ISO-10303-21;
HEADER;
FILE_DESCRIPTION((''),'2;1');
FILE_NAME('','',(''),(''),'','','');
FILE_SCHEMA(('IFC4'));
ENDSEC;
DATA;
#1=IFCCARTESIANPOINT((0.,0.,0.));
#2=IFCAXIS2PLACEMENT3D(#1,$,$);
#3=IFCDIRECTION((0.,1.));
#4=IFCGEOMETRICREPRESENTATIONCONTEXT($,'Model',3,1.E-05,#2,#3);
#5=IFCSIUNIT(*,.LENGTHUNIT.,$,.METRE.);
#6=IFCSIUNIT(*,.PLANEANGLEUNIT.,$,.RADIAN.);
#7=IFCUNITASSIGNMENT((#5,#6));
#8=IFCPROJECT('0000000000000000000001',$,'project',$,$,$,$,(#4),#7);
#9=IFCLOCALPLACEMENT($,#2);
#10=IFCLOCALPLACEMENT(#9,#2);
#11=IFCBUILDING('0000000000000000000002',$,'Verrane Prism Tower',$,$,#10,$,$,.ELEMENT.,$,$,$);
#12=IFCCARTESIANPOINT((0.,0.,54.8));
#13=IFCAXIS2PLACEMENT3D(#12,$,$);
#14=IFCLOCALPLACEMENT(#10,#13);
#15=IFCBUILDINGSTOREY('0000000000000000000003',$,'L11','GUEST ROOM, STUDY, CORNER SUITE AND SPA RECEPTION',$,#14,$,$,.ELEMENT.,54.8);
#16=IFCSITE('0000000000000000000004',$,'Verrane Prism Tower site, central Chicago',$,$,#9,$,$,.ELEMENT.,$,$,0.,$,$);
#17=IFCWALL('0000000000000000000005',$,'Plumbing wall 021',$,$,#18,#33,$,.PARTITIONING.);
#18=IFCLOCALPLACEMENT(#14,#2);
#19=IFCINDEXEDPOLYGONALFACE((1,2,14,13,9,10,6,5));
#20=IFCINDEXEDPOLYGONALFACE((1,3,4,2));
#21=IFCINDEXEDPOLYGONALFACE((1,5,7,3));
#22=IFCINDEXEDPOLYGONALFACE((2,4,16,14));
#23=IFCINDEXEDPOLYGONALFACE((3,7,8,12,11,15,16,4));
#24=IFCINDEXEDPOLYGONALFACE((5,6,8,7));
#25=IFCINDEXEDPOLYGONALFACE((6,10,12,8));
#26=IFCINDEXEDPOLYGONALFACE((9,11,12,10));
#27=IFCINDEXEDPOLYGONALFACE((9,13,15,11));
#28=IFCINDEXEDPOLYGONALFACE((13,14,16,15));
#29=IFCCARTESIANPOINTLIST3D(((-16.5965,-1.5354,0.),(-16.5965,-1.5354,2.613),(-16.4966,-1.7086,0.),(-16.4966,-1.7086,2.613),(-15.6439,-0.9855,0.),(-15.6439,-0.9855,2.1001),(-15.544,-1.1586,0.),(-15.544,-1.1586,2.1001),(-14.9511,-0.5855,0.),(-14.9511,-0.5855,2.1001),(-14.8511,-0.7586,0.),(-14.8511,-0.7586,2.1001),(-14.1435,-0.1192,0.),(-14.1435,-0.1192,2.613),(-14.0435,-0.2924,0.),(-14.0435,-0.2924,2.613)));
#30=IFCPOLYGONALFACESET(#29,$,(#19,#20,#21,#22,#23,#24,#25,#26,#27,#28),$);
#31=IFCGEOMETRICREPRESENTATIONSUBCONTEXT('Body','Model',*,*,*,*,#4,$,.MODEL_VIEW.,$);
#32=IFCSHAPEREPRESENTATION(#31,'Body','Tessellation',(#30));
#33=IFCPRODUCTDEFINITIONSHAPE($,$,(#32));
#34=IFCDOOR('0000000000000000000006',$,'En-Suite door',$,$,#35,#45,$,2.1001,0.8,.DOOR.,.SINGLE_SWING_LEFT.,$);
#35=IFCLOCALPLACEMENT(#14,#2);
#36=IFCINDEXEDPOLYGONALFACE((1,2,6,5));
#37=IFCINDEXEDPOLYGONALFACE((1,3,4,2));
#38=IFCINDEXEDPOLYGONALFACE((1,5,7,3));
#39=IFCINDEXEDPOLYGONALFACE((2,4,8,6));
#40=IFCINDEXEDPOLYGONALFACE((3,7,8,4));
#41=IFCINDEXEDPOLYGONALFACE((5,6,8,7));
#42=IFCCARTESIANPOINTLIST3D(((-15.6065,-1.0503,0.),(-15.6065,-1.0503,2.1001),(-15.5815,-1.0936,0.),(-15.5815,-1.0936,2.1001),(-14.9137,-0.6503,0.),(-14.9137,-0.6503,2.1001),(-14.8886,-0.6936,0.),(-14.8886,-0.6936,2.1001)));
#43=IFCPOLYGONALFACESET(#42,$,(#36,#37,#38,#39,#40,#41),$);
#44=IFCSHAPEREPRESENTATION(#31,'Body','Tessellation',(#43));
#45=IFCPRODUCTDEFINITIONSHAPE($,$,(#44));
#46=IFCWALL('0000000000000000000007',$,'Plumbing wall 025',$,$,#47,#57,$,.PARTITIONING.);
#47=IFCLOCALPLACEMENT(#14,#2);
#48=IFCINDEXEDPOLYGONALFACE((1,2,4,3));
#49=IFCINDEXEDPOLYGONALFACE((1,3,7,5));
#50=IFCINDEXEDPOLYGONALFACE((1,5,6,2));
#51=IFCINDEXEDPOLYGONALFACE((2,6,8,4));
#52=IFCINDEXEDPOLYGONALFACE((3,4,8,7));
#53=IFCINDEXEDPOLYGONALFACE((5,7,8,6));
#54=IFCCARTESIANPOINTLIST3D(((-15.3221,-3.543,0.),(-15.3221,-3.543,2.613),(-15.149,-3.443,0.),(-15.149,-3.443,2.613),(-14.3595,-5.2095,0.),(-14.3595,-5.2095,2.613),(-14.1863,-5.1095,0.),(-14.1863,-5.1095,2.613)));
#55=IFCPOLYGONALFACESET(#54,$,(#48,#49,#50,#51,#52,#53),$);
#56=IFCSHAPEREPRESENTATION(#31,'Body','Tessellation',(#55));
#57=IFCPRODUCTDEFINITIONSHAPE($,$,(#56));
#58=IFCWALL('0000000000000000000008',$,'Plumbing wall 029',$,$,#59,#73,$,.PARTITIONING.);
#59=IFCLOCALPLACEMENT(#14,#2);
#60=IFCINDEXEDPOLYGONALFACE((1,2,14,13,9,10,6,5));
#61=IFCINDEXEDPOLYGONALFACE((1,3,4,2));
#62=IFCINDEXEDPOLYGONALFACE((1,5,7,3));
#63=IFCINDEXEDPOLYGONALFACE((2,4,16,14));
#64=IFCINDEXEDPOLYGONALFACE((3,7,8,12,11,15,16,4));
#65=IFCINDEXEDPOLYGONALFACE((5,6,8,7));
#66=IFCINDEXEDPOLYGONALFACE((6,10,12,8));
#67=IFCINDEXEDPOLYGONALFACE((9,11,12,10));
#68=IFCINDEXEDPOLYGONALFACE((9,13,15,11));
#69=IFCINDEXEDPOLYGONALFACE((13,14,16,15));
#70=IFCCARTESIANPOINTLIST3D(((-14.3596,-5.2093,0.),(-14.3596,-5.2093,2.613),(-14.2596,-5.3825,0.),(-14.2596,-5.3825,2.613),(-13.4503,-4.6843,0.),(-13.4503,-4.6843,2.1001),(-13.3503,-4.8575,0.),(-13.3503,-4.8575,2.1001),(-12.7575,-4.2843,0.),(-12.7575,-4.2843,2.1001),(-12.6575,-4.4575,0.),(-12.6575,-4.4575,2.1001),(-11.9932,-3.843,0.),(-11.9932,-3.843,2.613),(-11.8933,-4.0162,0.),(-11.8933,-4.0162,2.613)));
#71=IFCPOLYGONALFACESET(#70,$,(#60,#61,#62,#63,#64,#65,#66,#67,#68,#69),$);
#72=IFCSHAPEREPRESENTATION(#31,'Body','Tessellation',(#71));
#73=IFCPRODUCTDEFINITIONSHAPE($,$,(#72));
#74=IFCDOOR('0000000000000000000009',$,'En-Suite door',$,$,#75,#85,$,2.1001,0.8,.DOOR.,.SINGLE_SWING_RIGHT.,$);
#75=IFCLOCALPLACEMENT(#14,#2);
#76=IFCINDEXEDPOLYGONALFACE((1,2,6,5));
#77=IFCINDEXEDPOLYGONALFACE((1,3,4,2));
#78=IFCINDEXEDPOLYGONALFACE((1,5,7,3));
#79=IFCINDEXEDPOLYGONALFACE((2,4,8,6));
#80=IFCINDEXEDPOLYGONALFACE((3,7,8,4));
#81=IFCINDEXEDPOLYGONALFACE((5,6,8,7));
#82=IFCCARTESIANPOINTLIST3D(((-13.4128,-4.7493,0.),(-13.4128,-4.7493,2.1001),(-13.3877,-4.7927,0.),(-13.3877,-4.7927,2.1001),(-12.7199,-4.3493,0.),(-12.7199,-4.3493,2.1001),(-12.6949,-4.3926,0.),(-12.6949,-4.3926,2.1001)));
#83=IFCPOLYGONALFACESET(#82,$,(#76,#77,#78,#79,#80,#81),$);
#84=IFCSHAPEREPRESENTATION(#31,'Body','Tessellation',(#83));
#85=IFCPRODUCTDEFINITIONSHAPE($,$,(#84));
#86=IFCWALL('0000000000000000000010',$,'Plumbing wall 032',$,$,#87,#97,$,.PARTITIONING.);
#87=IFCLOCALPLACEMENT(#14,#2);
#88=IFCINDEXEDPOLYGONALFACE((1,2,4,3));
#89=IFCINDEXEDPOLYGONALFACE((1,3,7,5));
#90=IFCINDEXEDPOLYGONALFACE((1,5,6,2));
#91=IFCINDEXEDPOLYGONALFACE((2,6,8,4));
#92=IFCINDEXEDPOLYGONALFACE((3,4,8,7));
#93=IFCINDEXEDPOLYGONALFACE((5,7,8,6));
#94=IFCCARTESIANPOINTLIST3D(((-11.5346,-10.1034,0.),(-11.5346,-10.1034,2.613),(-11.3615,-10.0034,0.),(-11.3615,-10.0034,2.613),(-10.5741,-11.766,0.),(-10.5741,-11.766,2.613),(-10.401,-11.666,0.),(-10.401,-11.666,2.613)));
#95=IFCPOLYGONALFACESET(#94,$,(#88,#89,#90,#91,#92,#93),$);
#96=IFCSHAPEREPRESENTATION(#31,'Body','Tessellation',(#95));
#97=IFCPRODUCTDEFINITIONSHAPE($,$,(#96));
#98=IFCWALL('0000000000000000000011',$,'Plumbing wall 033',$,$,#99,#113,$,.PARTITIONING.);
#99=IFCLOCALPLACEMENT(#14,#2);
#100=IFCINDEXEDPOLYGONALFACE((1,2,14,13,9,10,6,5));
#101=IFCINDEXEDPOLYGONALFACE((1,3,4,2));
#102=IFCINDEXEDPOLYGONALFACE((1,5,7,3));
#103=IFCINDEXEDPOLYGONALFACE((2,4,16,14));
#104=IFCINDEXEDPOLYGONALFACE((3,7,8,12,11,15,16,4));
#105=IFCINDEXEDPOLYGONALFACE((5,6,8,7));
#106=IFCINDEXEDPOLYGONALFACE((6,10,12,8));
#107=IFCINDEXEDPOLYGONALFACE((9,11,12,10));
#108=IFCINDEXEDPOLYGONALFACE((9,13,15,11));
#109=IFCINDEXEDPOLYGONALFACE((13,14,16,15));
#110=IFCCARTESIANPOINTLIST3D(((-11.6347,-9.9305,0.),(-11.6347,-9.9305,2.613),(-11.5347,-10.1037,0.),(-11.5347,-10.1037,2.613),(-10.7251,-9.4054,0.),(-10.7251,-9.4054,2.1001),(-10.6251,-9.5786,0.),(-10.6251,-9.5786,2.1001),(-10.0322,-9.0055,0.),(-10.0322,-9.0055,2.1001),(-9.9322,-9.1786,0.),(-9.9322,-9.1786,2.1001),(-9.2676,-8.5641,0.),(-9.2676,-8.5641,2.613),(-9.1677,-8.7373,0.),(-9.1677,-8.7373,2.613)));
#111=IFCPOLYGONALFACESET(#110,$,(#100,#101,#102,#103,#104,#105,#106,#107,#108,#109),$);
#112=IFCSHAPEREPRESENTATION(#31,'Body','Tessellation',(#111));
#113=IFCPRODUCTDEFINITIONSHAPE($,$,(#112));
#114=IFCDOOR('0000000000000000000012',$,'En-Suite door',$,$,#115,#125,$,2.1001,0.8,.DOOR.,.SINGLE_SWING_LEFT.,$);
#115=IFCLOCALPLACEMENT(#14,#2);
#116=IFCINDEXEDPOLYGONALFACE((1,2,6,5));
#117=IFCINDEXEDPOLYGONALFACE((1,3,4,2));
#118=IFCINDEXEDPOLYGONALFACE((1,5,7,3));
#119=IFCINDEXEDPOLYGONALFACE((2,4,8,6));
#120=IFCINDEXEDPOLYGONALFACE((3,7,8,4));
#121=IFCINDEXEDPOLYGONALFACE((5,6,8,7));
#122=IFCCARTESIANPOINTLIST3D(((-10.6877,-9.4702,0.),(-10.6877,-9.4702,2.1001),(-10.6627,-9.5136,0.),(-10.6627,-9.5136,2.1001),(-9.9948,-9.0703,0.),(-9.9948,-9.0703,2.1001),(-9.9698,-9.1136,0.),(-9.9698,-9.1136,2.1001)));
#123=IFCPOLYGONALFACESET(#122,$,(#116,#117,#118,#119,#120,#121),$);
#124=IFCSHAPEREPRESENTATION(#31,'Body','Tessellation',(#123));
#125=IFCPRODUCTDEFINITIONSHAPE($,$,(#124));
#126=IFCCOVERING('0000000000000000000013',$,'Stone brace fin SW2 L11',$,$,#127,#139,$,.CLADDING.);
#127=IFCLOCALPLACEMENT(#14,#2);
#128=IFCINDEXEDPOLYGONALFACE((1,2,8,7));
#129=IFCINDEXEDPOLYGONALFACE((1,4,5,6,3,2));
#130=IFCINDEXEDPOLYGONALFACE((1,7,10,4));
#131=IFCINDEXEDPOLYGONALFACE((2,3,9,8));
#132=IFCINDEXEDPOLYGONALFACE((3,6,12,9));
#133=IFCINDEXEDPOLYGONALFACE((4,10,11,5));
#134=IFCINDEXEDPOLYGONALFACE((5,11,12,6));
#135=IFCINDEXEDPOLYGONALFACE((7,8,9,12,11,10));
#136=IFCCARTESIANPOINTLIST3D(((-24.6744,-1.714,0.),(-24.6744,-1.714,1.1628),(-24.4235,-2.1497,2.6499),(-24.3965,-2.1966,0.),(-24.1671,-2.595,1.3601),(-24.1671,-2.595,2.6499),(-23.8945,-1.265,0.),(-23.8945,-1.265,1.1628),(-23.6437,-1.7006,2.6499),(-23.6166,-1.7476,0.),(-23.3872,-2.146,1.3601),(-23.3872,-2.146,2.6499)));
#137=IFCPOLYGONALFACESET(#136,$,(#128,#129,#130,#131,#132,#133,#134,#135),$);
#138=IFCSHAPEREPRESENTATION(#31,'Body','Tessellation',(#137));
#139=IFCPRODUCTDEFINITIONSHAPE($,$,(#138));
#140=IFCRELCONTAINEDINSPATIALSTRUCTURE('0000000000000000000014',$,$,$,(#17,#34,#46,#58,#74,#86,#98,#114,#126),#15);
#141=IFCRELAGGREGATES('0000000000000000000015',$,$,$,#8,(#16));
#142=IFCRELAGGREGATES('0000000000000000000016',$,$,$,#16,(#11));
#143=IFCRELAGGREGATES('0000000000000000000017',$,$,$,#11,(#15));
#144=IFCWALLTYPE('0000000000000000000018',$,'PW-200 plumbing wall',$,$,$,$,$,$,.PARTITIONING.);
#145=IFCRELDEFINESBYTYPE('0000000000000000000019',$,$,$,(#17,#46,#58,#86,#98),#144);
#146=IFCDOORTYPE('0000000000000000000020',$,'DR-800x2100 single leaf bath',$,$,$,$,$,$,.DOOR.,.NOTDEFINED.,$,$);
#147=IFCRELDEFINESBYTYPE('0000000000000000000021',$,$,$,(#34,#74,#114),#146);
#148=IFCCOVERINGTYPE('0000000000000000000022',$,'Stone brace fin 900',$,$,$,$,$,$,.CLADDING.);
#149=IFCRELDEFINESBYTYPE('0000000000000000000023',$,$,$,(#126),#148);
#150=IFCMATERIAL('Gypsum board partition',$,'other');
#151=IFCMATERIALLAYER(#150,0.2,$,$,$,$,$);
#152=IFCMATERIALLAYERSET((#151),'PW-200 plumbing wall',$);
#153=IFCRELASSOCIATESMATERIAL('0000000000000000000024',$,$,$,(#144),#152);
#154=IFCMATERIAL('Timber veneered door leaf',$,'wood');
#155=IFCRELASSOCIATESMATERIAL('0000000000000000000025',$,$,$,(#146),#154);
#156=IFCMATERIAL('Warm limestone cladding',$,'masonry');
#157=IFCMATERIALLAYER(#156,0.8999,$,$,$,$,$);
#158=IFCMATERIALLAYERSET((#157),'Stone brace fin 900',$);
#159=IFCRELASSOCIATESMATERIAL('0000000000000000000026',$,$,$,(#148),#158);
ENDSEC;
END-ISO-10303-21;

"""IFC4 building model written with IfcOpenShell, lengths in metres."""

from ifc_helpers import new_model, si_unit, direction, frame, frame_2d, origin, place, context, subcontext, project, spatial, polyline, rectangle, outline, extrude, material, layer, layer_set, type_object, element, fill, save


model = new_model("IFC4")

# Units and contexts
model_context = context("Model", 3, precision=1e-05, world=origin(), true_north=direction((0.0, 1.0)))
body_context = subcontext(model_context, "Body", "Model", "MODEL_VIEW")
ifc_project = project(units=[si_unit("LENGTHUNIT", "METRE"), si_unit("PLANEANGLEUNIT", "RADIAN")], contexts=[model_context])

# Site, building, storey
site_placement = place(None, origin())
site = spatial("IfcSite", under=ifc_project, at=site_placement, Name="Verrane Prism Tower site, central Chicago", CompositionType="ELEMENT", RefElevation=0.0)
building_placement = place(site_placement, origin())
building = spatial("IfcBuilding", under=site, at=building_placement, Name="Verrane Prism Tower", CompositionType="ELEMENT")
storey_placement = place(building_placement, frame((0.0, 0.0, 54.8)))
storey = spatial("IfcBuildingStorey", under=building, at=storey_placement, Name="L11", Description="GUEST ROOM, STUDY, CORNER SUITE AND SPA RECEPTION", CompositionType="ELEMENT", Elevation=54.8)

# Shared definitions
ifc_material_1 = material(Name="Gypsum board partition", Category="other")
ifc_layer_1 = layer(ifc_material_1, 0.2)
ifc_layer_set_1 = layer_set([ifc_layer_1], Name="PW-200 plumbing wall")
wall_type_1 = type_object("IfcWallType", Name="PW-200 plumbing wall", PredefinedType="PARTITIONING", material=ifc_layer_set_1)

# Wall, opening, door
wall_1_placement = place(storey_placement, frame((-14.0935, -0.2058, 0.0), z_axis=(0.0, 0.0, 1.0), x_axis=(-0.866033, -0.499986, 0.0)))
wall_1 = element("IfcWall", 1, at=wall_1_placement, inside=storey, type_object=wall_type_1, Name="Plumbing wall 021", PredefinedType="PARTITIONING", context=body_context, shape_type="SweptSolid", body=[
    extrude(rectangle(XDim=2.8325, YDim=0.2, at=frame_2d((1.4163, 0.0))), origin(), (0.0, 0.0, 1.0), 2.613),
])
opening_1_placement = place(wall_1_placement, frame((0.9326, 0.0, 0.0)))
opening_1 = element("IfcOpeningElement", 2, at=opening_1_placement, cuts=wall_1, PredefinedType="OPENING", context=body_context, shape_type="SweptSolid", body=[
    extrude(rectangle(XDim=0.8, YDim=2.1001, at=frame_2d((0.3999, 1.05))), frame((0.0, 0.1099, 0.0), z_axis=(0.0, -1.0, 0.0), x_axis=(1.0, 0.0, 0.0)), (0.0, 0.0, 1.0), 0.22),
])
ifc_material_2 = material(Name="Timber veneered door leaf", Category="wood")
door_type = type_object("IfcDoorType", Name="DR-800x2100 single leaf bath", OperationType="NOTDEFINED", PredefinedType="DOOR", material=ifc_material_2)
door_1_placement = place(opening_1_placement, origin())
door_1 = element("IfcDoor", 3, at=door_1_placement, inside=storey, type_object=door_type, Name="En-Suite door", OperationType="SINGLE_SWING_LEFT", OverallHeight=2.1001, OverallWidth=0.8, PredefinedType="DOOR", context=body_context, shape_type="SweptSolid", body=[
    extrude(rectangle(XDim=0.8, YDim=2.1001, at=frame_2d((0.3999, 1.05))), frame((0.0, 0.0249, 0.0), z_axis=(0.0, -1.0, 0.0), x_axis=(1.0, 0.0, 0.0)), (0.0, 0.0, 1.0), 0.05),
])
fill(opening_1, door_1)

# Wall
wall_2_placement = place(storey_placement, frame((-15.2356, -3.4929, 0.0), z_axis=(0.0, 0.0, 1.0), x_axis=(0.500191, -0.865915, 0.0)))
element("IfcWall", 4, at=wall_2_placement, inside=storey, type_object=wall_type_1, Name="Plumbing wall 025", PredefinedType="PARTITIONING", context=body_context, shape_type="SweptSolid", body=[
    extrude(rectangle(XDim=1.9246, YDim=0.2, at=frame_2d((0.9624, 0.0))), origin(), (0.0, 0.0, 1.0), 2.613),
])

# Wall, opening, door
wall_3_placement = place(storey_placement, frame((-14.3096, -5.2959, 0.0), z_axis=(0.0, 0.0, 1.0), x_axis=(0.866013, 0.500022, 0.0)))
wall_3 = element("IfcWall", 5, at=wall_3_placement, inside=storey, type_object=wall_type_1, Name="Plumbing wall 029", PredefinedType="PARTITIONING", context=body_context, shape_type="SweptSolid", body=[
    extrude(rectangle(XDim=2.7324, YDim=0.2, at=frame_2d((1.3662, 0.0))), origin(), (0.0, 0.0, 1.0), 2.613),
])
opening_2_placement = place(wall_3_placement, frame((1.05, 0.0, 0.0)))
opening_2 = element("IfcOpeningElement", 6, at=opening_2_placement, cuts=wall_3, PredefinedType="OPENING", context=body_context, shape_type="SweptSolid", body=[
    extrude(rectangle(XDim=0.8, YDim=2.1001, at=frame_2d((0.3999, 1.05))), frame((0.0, 0.1099, 0.0), z_axis=(0.0, -1.0, 0.0), x_axis=(1.0, 0.0, 0.0)), (0.0, 0.0, 1.0), 0.22),
])
door_2_placement = place(opening_2_placement, origin())
door_2 = element("IfcDoor", 7, at=door_2_placement, inside=storey, type_object=door_type, Name="En-Suite door", OperationType="SINGLE_SWING_RIGHT", OverallHeight=2.1001, OverallWidth=0.8, PredefinedType="DOOR", context=body_context, shape_type="SweptSolid", body=[
    extrude(rectangle(XDim=0.8, YDim=2.1001, at=frame_2d((0.3999, 1.05))), frame((0.0, 0.0249, 0.0), z_axis=(0.0, -1.0, 0.0), x_axis=(1.0, 0.0, 0.0)), (0.0, 0.0, 1.0), 0.05),
])
fill(opening_2, door_2)

# Wall
wall_4_placement = place(storey_placement, frame((-11.448, -10.0535, 0.0), z_axis=(0.0, 0.0, 1.0), x_axis=(0.500214, -0.865902, 0.0)))
element("IfcWall", 8, at=wall_4_placement, inside=storey, type_object=wall_type_1, Name="Plumbing wall 032", PredefinedType="PARTITIONING", context=body_context, shape_type="SweptSolid", body=[
    extrude(rectangle(XDim=1.9202, YDim=0.2, at=frame_2d((0.96, 0.0))), origin(), (0.0, 0.0, 1.0), 2.613),
])

# Wall, opening, door
wall_5_placement = place(storey_placement, frame((-9.2175, -8.6506, 0.0), z_axis=(0.0, 0.0, 1.0), x_axis=(-0.866064, -0.499934, 0.0)))
wall_5 = element("IfcWall", 9, at=wall_5_placement, inside=storey, type_object=wall_type_1, Name="Plumbing wall 033", PredefinedType="PARTITIONING", context=body_context, shape_type="SweptSolid", body=[
    extrude(rectangle(XDim=2.7332, YDim=0.2, at=frame_2d((1.3667, 0.0))), origin(), (0.0, 0.0, 1.0), 2.613),
])
opening_3_placement = place(wall_5_placement, frame((0.8831, 0.0, 0.0)))
opening_3 = element("IfcOpeningElement", 10, at=opening_3_placement, cuts=wall_5, PredefinedType="OPENING", context=body_context, shape_type="SweptSolid", body=[
    extrude(rectangle(XDim=0.8, YDim=2.1001, at=frame_2d((0.3999, 1.05))), frame((0.0, 0.1099, 0.0), z_axis=(0.0, -1.0, 0.0), x_axis=(1.0, 0.0, 0.0)), (0.0, 0.0, 1.0), 0.22),
])
door_3_placement = place(opening_3_placement, origin())
door_3 = element("IfcDoor", 11, at=door_3_placement, inside=storey, type_object=door_type, Name="En-Suite door", OperationType="SINGLE_SWING_LEFT", OverallHeight=2.1001, OverallWidth=0.8, PredefinedType="DOOR", context=body_context, shape_type="SweptSolid", body=[
    extrude(rectangle(XDim=0.8, YDim=2.1001, at=frame_2d((0.3999, 1.05))), frame((0.0, 0.0249, 0.0), z_axis=(0.0, -1.0, 0.0), x_axis=(1.0, 0.0, 0.0)), (0.0, 0.0, 1.0), 0.05),
])
fill(opening_3, door_3)

# Covering
ifc_material_3 = material(Name="Warm limestone cladding", Category="masonry")
ifc_layer_2 = layer(ifc_material_3, 0.8999)
ifc_layer_set_2 = layer_set([ifc_layer_2], Name="Stone brace fin 900")
covering_type = type_object("IfcCoveringType", Name="Stone brace fin 900", PredefinedType="CLADDING", material=ifc_layer_set_2)
covering_placement = place(storey_placement, frame((-24.2844, -1.4895, 0.0), z_axis=(0.0, 0.0, 1.0), x_axis=(0.498981, -0.866613, 0.0)))
element("IfcCovering", 12, at=covering_placement, inside=storey, type_object=covering_type, Name="Stone brace fin SW2 L11", PredefinedType="CLADDING", context=body_context, shape_type="SweptSolid", body=[
    extrude(outline(polyline([(1.0166, 2.6499), (0.5027, 2.6499), (0.0, 1.1628), (0.0, 0.0), (0.5569, 0.0), (1.0166, 1.3601), (1.0166, 2.6499)])), frame((0.0, 0.45, 0.0), z_axis=(0.0, -1.0, 0.0), x_axis=(1.0, 0.0, 0.0)), (0.0, 0.0, 1.0), 0.8999),
])

save(model, "model.ifc")
